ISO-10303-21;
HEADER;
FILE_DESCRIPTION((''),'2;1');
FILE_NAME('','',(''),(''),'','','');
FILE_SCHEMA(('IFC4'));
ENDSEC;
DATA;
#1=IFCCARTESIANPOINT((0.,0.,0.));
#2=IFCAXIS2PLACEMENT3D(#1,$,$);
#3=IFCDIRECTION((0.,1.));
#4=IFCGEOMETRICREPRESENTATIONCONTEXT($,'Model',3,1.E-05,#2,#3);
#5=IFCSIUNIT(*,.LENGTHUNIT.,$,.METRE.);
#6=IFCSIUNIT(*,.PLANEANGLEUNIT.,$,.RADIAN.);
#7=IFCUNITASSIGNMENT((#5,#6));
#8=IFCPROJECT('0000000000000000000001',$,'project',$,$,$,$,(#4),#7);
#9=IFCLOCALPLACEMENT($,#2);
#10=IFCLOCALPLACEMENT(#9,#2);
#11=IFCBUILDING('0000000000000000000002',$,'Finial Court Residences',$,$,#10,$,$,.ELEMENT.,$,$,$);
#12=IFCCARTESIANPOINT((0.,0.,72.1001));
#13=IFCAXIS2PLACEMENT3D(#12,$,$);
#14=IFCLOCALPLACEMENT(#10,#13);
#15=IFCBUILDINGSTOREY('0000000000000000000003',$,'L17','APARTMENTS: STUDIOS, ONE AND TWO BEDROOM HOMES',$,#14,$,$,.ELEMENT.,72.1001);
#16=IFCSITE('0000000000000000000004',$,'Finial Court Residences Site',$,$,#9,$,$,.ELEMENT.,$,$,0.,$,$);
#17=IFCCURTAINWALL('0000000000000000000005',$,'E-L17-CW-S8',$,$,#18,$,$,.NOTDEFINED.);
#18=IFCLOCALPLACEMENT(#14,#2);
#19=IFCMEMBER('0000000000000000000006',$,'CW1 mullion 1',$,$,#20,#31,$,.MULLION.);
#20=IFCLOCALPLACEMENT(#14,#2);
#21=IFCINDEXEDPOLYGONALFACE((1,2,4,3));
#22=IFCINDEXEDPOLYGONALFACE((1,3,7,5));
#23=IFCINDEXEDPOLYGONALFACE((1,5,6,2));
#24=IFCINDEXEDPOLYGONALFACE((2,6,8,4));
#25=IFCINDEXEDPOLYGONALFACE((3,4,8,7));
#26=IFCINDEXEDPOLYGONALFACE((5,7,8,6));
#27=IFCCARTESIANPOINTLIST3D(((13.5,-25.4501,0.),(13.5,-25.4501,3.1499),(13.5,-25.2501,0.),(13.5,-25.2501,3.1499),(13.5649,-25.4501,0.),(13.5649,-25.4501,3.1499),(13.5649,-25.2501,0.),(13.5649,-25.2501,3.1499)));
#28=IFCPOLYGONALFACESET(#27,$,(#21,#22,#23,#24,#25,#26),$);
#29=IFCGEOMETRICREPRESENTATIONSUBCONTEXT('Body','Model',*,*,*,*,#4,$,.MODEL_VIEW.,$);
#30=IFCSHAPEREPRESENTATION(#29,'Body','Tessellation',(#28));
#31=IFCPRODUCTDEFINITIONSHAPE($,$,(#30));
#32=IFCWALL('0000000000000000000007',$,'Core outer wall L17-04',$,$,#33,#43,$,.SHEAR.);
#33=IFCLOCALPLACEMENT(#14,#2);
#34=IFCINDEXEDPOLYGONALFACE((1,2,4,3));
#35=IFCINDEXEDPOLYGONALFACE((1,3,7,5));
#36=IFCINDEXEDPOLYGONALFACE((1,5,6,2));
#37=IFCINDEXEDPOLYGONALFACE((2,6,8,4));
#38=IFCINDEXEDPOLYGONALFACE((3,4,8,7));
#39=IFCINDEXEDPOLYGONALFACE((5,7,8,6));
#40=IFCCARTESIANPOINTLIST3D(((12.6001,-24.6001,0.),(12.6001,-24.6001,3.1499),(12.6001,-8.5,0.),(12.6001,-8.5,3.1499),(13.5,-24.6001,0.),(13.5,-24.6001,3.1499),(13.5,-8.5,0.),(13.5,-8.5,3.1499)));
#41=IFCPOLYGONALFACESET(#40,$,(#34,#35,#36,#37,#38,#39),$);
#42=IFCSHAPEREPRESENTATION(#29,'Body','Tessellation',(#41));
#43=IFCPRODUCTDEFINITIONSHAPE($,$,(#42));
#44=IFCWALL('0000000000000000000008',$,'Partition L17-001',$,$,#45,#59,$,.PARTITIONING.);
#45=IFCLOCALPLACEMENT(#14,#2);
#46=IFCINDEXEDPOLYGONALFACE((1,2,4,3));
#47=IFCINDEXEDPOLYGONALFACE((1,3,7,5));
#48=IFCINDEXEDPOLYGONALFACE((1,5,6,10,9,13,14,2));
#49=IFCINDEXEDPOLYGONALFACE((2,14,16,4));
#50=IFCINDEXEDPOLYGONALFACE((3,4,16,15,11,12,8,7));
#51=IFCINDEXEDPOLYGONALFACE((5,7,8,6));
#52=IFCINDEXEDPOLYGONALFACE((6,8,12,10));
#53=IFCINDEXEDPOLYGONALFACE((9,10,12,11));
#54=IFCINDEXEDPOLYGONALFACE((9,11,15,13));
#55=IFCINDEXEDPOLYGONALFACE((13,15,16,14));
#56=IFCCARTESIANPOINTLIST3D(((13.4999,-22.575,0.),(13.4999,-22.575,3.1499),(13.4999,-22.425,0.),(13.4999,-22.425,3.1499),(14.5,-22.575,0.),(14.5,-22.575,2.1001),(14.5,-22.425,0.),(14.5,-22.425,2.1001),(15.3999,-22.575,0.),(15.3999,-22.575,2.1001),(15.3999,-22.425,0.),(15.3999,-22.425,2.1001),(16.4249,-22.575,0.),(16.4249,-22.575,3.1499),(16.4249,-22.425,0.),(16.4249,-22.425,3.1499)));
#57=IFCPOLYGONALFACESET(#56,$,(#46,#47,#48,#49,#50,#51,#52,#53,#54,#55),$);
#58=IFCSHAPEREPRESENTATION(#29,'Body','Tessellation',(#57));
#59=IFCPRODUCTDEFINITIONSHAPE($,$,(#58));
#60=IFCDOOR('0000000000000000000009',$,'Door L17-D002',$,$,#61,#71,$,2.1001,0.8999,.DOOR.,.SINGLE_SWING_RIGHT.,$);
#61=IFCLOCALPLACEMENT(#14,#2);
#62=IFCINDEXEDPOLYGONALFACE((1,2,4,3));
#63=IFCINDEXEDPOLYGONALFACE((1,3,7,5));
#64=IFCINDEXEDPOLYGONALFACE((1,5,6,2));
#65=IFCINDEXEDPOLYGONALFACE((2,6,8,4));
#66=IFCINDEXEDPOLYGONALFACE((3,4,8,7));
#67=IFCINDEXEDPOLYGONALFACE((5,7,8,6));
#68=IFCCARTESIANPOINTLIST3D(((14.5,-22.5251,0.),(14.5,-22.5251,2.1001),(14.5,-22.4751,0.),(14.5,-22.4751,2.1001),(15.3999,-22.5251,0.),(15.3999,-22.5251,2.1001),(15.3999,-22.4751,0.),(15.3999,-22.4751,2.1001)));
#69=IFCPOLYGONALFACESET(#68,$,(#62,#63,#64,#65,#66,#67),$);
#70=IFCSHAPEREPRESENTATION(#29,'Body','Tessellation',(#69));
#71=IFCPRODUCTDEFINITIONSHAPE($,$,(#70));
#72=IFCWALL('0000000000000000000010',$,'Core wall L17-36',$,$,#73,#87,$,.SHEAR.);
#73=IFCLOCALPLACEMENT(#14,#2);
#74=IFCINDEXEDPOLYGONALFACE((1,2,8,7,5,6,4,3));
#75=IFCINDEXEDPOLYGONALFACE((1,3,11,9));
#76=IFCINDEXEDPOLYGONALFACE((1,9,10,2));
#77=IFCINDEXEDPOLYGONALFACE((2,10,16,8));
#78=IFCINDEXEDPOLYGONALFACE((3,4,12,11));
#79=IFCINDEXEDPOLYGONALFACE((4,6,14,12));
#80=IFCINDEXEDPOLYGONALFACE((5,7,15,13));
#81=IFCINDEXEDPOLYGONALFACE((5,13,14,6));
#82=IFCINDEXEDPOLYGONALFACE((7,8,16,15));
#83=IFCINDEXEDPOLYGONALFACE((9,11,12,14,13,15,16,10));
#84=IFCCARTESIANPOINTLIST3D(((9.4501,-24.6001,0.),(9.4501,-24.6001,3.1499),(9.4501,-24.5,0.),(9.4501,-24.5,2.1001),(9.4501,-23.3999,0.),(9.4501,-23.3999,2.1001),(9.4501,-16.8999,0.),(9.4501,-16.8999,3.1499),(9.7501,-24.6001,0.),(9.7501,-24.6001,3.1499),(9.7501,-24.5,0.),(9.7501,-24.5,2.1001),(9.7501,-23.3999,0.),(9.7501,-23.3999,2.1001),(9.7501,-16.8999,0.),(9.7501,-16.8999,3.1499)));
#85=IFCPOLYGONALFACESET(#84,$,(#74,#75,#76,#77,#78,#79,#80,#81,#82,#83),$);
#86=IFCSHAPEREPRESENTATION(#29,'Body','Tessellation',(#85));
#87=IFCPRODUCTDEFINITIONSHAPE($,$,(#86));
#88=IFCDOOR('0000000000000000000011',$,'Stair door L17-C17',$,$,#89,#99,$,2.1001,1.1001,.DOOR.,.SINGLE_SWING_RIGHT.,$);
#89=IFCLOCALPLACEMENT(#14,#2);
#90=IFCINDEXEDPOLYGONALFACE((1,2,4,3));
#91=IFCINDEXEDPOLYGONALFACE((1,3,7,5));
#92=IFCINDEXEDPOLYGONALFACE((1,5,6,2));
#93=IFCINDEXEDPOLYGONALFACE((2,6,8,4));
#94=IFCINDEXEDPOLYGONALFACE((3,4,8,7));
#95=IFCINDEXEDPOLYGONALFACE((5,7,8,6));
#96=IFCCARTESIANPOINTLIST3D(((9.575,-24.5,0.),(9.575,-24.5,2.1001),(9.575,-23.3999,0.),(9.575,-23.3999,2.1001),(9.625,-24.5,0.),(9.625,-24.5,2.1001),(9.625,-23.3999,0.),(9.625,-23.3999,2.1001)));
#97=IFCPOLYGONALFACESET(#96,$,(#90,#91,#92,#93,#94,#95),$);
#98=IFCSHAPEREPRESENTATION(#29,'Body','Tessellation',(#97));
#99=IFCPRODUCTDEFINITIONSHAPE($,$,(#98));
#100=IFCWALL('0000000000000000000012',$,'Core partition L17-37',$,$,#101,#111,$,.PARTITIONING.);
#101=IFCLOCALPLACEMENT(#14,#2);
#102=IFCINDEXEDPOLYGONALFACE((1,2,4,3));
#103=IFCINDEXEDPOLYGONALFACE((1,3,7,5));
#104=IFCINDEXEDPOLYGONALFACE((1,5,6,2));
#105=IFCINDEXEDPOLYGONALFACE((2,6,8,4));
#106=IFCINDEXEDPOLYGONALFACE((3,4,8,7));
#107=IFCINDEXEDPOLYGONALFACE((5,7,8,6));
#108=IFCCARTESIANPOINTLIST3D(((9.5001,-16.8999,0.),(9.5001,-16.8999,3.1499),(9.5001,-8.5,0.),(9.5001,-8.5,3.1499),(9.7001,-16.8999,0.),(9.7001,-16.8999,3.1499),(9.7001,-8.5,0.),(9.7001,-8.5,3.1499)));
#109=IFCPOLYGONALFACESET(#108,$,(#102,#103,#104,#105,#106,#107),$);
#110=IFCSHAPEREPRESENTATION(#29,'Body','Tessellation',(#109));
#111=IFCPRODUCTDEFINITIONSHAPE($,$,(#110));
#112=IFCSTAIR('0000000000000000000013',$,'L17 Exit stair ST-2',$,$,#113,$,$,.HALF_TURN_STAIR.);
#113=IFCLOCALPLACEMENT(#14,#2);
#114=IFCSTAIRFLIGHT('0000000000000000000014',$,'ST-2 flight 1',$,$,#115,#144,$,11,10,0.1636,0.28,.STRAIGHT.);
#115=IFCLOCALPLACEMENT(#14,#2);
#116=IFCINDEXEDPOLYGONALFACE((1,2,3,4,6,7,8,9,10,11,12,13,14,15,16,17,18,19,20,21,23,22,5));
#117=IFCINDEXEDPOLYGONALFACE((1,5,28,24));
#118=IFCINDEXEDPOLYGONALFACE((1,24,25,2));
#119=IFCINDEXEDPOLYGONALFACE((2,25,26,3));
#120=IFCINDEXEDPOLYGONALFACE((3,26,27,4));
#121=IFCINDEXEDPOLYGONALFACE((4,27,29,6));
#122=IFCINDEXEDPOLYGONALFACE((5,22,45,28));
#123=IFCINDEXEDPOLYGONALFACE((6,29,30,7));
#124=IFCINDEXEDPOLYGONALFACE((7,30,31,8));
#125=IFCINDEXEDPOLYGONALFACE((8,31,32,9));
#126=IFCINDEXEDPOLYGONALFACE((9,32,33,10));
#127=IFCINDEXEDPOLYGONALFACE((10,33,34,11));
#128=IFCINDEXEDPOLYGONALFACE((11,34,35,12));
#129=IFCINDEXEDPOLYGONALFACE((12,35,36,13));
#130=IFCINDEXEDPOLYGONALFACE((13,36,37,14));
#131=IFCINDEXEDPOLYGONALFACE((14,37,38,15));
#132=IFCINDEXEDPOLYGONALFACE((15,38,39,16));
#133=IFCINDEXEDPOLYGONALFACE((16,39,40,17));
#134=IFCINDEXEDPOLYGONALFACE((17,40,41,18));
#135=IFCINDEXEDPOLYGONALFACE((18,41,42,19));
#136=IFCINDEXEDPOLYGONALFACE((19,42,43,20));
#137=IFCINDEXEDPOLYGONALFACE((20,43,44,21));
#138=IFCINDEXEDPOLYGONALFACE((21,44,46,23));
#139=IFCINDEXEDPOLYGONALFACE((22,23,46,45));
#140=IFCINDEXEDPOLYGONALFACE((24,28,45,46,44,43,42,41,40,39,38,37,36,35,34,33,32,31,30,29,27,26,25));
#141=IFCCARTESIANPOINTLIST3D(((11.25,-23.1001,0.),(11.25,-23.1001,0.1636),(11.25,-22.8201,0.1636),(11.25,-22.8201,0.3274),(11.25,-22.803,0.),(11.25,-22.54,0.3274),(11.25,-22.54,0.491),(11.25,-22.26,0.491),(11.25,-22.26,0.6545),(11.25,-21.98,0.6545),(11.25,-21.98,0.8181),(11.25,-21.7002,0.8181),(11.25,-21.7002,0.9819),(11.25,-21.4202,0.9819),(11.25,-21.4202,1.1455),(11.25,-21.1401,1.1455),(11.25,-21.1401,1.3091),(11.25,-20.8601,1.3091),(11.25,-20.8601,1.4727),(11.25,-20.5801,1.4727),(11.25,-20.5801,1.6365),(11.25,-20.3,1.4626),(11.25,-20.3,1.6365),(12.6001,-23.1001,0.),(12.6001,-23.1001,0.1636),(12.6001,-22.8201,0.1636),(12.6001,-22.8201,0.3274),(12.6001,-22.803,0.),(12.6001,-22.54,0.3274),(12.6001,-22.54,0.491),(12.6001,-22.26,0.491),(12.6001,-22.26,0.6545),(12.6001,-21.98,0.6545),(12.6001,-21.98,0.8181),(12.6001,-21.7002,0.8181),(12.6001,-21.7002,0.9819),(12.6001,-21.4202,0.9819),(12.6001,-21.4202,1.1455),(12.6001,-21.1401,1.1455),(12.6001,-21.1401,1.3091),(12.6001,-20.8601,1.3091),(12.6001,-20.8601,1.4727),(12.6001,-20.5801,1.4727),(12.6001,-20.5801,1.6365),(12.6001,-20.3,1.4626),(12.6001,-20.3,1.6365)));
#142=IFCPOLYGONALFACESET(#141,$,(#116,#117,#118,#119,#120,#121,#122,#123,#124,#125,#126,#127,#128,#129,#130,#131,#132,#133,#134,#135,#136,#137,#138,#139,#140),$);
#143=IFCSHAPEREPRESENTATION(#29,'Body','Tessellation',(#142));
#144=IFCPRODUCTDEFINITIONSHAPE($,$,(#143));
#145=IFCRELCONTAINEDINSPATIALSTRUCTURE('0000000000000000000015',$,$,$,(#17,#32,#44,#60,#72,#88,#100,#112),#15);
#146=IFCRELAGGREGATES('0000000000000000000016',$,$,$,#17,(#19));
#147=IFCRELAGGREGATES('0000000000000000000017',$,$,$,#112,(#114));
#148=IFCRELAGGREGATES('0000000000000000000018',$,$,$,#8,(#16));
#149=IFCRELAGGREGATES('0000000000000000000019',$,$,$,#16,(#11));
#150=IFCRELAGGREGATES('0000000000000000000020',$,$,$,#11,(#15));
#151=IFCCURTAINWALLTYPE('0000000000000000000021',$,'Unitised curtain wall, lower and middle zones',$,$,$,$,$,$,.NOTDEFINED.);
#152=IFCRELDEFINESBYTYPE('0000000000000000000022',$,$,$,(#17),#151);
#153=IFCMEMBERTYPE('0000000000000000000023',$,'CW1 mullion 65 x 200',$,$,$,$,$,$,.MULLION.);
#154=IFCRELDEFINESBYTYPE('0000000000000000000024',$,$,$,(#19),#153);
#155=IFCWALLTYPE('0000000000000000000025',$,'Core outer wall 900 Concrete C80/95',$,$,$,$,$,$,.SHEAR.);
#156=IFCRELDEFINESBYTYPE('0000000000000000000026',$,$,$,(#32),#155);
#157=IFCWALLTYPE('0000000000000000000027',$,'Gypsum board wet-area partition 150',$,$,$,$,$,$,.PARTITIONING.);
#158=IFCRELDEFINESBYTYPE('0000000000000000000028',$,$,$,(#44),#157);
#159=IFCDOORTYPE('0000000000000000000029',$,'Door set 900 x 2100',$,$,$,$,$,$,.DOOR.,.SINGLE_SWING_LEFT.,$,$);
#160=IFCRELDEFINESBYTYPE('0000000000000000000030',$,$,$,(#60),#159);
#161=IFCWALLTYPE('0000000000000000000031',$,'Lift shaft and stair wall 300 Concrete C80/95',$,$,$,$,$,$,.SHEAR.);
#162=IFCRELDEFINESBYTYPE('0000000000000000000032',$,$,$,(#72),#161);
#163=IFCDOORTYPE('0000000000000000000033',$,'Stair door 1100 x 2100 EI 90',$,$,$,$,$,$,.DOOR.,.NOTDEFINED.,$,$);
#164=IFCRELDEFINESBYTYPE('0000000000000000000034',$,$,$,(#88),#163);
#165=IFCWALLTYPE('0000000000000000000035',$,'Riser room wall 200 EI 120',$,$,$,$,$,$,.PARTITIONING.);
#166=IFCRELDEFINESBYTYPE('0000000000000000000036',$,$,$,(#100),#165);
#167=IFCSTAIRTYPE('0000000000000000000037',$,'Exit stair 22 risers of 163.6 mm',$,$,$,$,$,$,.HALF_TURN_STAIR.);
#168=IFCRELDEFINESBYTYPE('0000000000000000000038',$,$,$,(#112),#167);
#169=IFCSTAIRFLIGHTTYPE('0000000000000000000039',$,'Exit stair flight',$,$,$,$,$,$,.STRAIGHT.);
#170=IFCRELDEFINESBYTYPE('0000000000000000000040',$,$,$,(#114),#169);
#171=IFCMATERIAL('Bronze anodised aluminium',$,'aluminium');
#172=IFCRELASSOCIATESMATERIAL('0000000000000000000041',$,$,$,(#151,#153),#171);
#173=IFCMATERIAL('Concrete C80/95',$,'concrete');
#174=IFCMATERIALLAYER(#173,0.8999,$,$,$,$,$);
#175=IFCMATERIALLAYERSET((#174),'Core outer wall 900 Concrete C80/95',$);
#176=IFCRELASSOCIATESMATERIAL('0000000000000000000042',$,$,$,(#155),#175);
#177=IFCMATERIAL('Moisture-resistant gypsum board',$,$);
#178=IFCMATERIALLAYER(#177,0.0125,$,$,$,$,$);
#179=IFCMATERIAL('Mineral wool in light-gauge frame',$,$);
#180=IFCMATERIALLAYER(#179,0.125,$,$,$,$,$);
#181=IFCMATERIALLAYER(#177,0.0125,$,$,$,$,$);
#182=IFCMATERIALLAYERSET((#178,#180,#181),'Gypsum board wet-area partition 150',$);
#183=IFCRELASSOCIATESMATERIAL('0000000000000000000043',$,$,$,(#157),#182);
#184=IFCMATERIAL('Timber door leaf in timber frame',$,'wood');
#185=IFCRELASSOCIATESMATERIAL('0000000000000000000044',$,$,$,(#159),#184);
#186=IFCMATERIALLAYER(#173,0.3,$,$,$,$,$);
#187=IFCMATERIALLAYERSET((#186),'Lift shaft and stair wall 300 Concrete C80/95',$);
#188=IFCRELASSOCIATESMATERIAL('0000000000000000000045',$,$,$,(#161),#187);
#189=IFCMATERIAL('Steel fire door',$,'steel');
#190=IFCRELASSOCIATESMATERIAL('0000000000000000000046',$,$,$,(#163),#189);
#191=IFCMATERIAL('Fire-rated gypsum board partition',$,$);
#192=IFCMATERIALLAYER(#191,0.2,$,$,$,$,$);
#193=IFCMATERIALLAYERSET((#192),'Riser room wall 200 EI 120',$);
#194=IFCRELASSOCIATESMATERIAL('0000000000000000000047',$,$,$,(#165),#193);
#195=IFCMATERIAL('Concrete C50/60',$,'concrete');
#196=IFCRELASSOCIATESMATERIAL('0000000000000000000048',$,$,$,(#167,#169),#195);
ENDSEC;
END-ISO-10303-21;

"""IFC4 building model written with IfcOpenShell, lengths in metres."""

from ifc_helpers import new_model, si_unit, direction, frame, frame_2d, origin, origin_2d, place, context, subcontext, project, spatial, polyline, rectangle, outline, extrude, material, layer, layer_set, material_profile, profile_set, type_object, element, fill, aggregate, save


model = new_model("IFC4")

# Units and contexts
model_context = context("Model", 3, precision=1e-05, world=origin(), true_north=direction((0.0, 1.0)))
body_context = subcontext(model_context, "Body", "Model", "MODEL_VIEW")
ifc_project = project(units=[si_unit("LENGTHUNIT", "METRE"), si_unit("PLANEANGLEUNIT", "RADIAN")], contexts=[model_context])

# Site, building, storey
site_placement = place(None, origin())
site = spatial("IfcSite", under=ifc_project, at=site_placement, Name="Finial Court Residences Site", CompositionType="ELEMENT", RefElevation=0.0)
building_placement = place(site_placement, origin())
building = spatial("IfcBuilding", under=site, at=building_placement, Name="Finial Court Residences", CompositionType="ELEMENT")
storey_placement = place(building_placement, frame((0.0, 0.0, 72.1001)))
storey = spatial("IfcBuildingStorey", under=building, at=storey_placement, Name="L17", Description="APARTMENTS: STUDIOS, ONE AND TWO BEDROOM HOMES", CompositionType="ELEMENT", Elevation=72.1001)

# Curtain wall, member
ifc_material_1 = material(Name="Bronze anodised aluminium", Category="aluminium")
curtain_wall_type = type_object("IfcCurtainWallType", Name="Unitised curtain wall, lower and middle zones", PredefinedType="NOTDEFINED", material=ifc_material_1)
curtain_wall_placement = place(storey_placement, origin())
curtain_wall = element("IfcCurtainWall", 1, at=curtain_wall_placement, inside=storey, type_object=curtain_wall_type, Name="E-L17-CW-S8", PredefinedType="NOTDEFINED")
ifc_material_profile = material_profile(ifc_material_1, rectangle(XDim=0.2, YDim=0.0649, at=origin_2d()), Name="CW1 mullion 65 x 200")
ifc_profile_set = profile_set([ifc_material_profile], Name="Bronze anodised aluminium")
member_type = type_object("IfcMemberType", Name="CW1 mullion 65 x 200", PredefinedType="MULLION", material=ifc_profile_set)
member_placement = place(storey_placement, frame((13.5325, -25.3501, 0.0), z_axis=(0.0, 0.0, 1.0), x_axis=(0.0, 1.0, 0.0)))
member = element("IfcMember", 2, at=member_placement, type_object=member_type, Name="CW1 mullion 1", PredefinedType="MULLION", context=body_context, shape_type="SweptSolid", body=[
    extrude(rectangle(XDim=0.2, YDim=0.0649, at=origin_2d()), origin(), (0.0, 0.0, 1.0), 3.1499),
])
aggregate(curtain_wall, [member])

# Wall
ifc_material_2 = material(Name="Concrete C80/95", Category="concrete")
ifc_layer_1 = layer(ifc_material_2, 0.8999)
ifc_layer_set_1 = layer_set([ifc_layer_1], Name="Core outer wall 900 Concrete C80/95")
wall_type_1 = type_object("IfcWallType", Name="Core outer wall 900 Concrete C80/95", PredefinedType="SHEAR", material=ifc_layer_set_1)
wall_1_placement = place(storey_placement, frame((13.05, -24.6001, 0.0), z_axis=(0.0, 0.0, 1.0), x_axis=(0.0, 1.0, 0.0)))
element("IfcWall", 3, at=wall_1_placement, inside=storey, type_object=wall_type_1, Name="Core outer wall L17-04", PredefinedType="SHEAR", context=body_context, shape_type="SweptSolid", body=[
    extrude(rectangle(XDim=16.1001, YDim=0.8999, at=frame_2d((8.05, 0.0))), origin(), (0.0, 0.0, 1.0), 3.1499),
])

# Walls, openings, doors
ifc_material_3 = material(Name="Moisture-resistant gypsum board")
ifc_layer_2 = layer(ifc_material_3, 0.0125)
ifc_material_4 = material(Name="Mineral wool in light-gauge frame")
ifc_layer_3 = layer(ifc_material_4, 0.125)
ifc_layer_4 = layer(ifc_material_3, 0.0125)
ifc_layer_set_2 = layer_set([ifc_layer_2, ifc_layer_3, ifc_layer_4], Name="Gypsum board wet-area partition 150")
wall_type_2 = type_object("IfcWallType", Name="Gypsum board wet-area partition 150", PredefinedType="PARTITIONING", material=ifc_layer_set_2)
wall_2_placement = place(storey_placement, frame((13.5, -22.5, 0.0), z_axis=(0.0, 0.0, 1.0), x_axis=(1.0, 0.0, 0.0)))
wall_2 = element("IfcWall", 4, at=wall_2_placement, inside=storey, type_object=wall_type_2, Name="Partition L17-001", PredefinedType="PARTITIONING", context=body_context, shape_type="SweptSolid", body=[
    extrude(rectangle(XDim=2.925, YDim=0.1499, at=frame_2d((1.4624, 0.0))), origin(), (0.0, 0.0, 1.0), 3.1499),
])
opening_1_placement = place(wall_2_placement, frame((1.0, 0.0, 0.0)))
opening_1 = element("IfcOpeningElement", 5, at=opening_1_placement, cuts=wall_2, PredefinedType="OPENING", context=body_context, shape_type="SweptSolid", body=[
    extrude(rectangle(XDim=0.8999, YDim=2.1001, at=frame_2d((0.45, 1.05))), frame((0.0, 0.085, 0.0), z_axis=(0.0, -1.0, 0.0), x_axis=(1.0, 0.0, 0.0)), (0.0, 0.0, 1.0), 0.1699),
])
ifc_material_5 = material(Name="Timber door leaf in timber frame", Category="wood")
door_type_1 = type_object("IfcDoorType", Name="Door set 900 x 2100", OperationType="SINGLE_SWING_LEFT", PredefinedType="DOOR", material=ifc_material_5)
door_1_placement = place(opening_1_placement, origin())
door_1 = element("IfcDoor", 6, at=door_1_placement, inside=storey, type_object=door_type_1, Name="Door L17-D002", OperationType="SINGLE_SWING_RIGHT", OverallHeight=2.1001, OverallWidth=0.8999, PredefinedType="DOOR", context=body_context, shape_type="SweptSolid", body=[
    extrude(rectangle(XDim=0.8999, YDim=2.1001, at=frame_2d((0.45, 1.05))), frame((0.0, 0.0249, 0.0), z_axis=(0.0, -1.0, 0.0), x_axis=(1.0, 0.0, 0.0)), (0.0, 0.0, 1.0), 0.05),
])
fill(opening_1, door_1)
ifc_layer_5 = layer(ifc_material_2, 0.3)
ifc_layer_set_3 = layer_set([ifc_layer_5], Name="Lift shaft and stair wall 300 Concrete C80/95")
wall_type_3 = type_object("IfcWallType", Name="Lift shaft and stair wall 300 Concrete C80/95", PredefinedType="SHEAR", material=ifc_layer_set_3)
wall_3_placement = place(storey_placement, frame((9.6001, -16.8999, 0.0), z_axis=(0.0, 0.0, 1.0), x_axis=(0.0, -1.0, 0.0)))
wall_3 = element("IfcWall", 7, at=wall_3_placement, inside=storey, type_object=wall_type_3, Name="Core wall L17-36", PredefinedType="SHEAR", context=body_context, shape_type="SweptSolid", body=[
    extrude(rectangle(XDim=7.7002, YDim=0.3, at=frame_2d((3.8501, 0.0))), origin(), (0.0, 0.0, 1.0), 3.1499),
])
opening_2_placement = place(wall_3_placement, frame((6.5, 0.0, 0.0)))
opening_2 = element("IfcOpeningElement", 8, at=opening_2_placement, cuts=wall_3, PredefinedType="OPENING", context=body_context, shape_type="SweptSolid", body=[
    extrude(rectangle(XDim=1.1001, YDim=2.1001, at=frame_2d((0.55, 1.05))), frame((0.0, 0.1599, 0.0), z_axis=(0.0, -1.0, 0.0), x_axis=(1.0, 0.0, 0.0)), (0.0, 0.0, 1.0), 0.3201),
])
ifc_material_6 = material(Name="Steel fire door", Category="steel")
door_type_2 = type_object("IfcDoorType", Name="Stair door 1100 x 2100 EI 90", OperationType="NOTDEFINED", PredefinedType="DOOR", material=ifc_material_6)
door_2_placement = place(opening_2_placement, origin())
door_2 = element("IfcDoor", 9, at=door_2_placement, inside=storey, type_object=door_type_2, Name="Stair door L17-C17", OperationType="SINGLE_SWING_RIGHT", OverallHeight=2.1001, OverallWidth=1.1001, PredefinedType="DOOR", context=body_context, shape_type="SweptSolid", body=[
    extrude(rectangle(XDim=1.1001, YDim=2.1001, at=frame_2d((0.55, 1.05))), frame((0.0, 0.0249, 0.0), z_axis=(0.0, -1.0, 0.0), x_axis=(1.0, 0.0, 0.0)), (0.0, 0.0, 1.0), 0.05),
])
fill(opening_2, door_2)

# Wall
ifc_material_7 = material(Name="Fire-rated gypsum board partition")
ifc_layer_6 = layer(ifc_material_7, 0.2)
ifc_layer_set_4 = layer_set([ifc_layer_6], Name="Riser room wall 200 EI 120")
wall_type_4 = type_object("IfcWallType", Name="Riser room wall 200 EI 120", PredefinedType="PARTITIONING", material=ifc_layer_set_4)
wall_4_placement = place(storey_placement, frame((9.6001, -16.8999, 0.0), z_axis=(0.0, 0.0, 1.0), x_axis=(0.0, 1.0, 0.0)))
element("IfcWall", 10, at=wall_4_placement, inside=storey, type_object=wall_type_4, Name="Core partition L17-37", PredefinedType="PARTITIONING", context=body_context, shape_type="SweptSolid", body=[
    extrude(rectangle(XDim=8.3999, YDim=0.2, at=frame_2d((4.2, 0.0))), origin(), (0.0, 0.0, 1.0), 3.1499),
])

# Stair, stair flight
ifc_material_8 = material(Name="Concrete C50/60", Category="concrete")
stair_type = type_object("IfcStairType", Name="Exit stair 22 risers of 163.6 mm", PredefinedType="HALF_TURN_STAIR", material=ifc_material_8)
stair_placement = place(storey_placement, origin())
stair = element("IfcStair", 11, at=stair_placement, inside=storey, type_object=stair_type, Name="L17 Exit stair ST-2", PredefinedType="HALF_TURN_STAIR")
stair_flight_type = type_object("IfcStairFlightType", Name="Exit stair flight", PredefinedType="STRAIGHT", material=ifc_material_8)
stair_flight_1_placement = place(storey_placement, frame((11.925, -23.1001, 0.0), z_axis=(0.0, 0.0, 1.0), x_axis=(0.0, 1.0, 0.0)))
stair_flight_1 = element("IfcStairFlight", 12, at=stair_flight_1_placement, type_object=stair_flight_type, Name="ST-2 flight 1", NumberOfRisers=11, NumberOfTreads=10, PredefinedType="STRAIGHT", RiserHeight=0.1636, TreadLength=0.28, context=body_context, shape_type="SweptSolid", body=[
    extrude(outline(polyline([(0.0, 0.0), (0.0, 0.1636), (0.28, 0.1636), (0.28, 0.3274), (0.5601, 0.3274), (0.5601, 0.491), (0.8401, 0.491), (0.8401, 0.6545), (1.1201, 0.6545), (1.1201, 0.8181), (1.3999, 0.8181), (1.3999, 0.9819), (1.6799, 0.9819), (1.6799, 1.1455), (1.96, 1.1455), (1.96, 1.3091), (2.24, 1.3091), (2.24, 1.4727), (2.52, 1.4727), (2.52, 1.6365), (2.8, 1.6365), (2.8, 1.8), (2.8, 1.4626), (0.2971, 0.0), (0.0, 0.0)])), frame((0.0, 0.675, 0.0), z_axis=(0.0, -1.0, 0.0), x_axis=(1.0, 0.0, 0.0)), (0.0, 0.0, 1.0), 1.3501),
])
aggregate(stair, [stair_flight_1])

save(model, "model.ifc")
